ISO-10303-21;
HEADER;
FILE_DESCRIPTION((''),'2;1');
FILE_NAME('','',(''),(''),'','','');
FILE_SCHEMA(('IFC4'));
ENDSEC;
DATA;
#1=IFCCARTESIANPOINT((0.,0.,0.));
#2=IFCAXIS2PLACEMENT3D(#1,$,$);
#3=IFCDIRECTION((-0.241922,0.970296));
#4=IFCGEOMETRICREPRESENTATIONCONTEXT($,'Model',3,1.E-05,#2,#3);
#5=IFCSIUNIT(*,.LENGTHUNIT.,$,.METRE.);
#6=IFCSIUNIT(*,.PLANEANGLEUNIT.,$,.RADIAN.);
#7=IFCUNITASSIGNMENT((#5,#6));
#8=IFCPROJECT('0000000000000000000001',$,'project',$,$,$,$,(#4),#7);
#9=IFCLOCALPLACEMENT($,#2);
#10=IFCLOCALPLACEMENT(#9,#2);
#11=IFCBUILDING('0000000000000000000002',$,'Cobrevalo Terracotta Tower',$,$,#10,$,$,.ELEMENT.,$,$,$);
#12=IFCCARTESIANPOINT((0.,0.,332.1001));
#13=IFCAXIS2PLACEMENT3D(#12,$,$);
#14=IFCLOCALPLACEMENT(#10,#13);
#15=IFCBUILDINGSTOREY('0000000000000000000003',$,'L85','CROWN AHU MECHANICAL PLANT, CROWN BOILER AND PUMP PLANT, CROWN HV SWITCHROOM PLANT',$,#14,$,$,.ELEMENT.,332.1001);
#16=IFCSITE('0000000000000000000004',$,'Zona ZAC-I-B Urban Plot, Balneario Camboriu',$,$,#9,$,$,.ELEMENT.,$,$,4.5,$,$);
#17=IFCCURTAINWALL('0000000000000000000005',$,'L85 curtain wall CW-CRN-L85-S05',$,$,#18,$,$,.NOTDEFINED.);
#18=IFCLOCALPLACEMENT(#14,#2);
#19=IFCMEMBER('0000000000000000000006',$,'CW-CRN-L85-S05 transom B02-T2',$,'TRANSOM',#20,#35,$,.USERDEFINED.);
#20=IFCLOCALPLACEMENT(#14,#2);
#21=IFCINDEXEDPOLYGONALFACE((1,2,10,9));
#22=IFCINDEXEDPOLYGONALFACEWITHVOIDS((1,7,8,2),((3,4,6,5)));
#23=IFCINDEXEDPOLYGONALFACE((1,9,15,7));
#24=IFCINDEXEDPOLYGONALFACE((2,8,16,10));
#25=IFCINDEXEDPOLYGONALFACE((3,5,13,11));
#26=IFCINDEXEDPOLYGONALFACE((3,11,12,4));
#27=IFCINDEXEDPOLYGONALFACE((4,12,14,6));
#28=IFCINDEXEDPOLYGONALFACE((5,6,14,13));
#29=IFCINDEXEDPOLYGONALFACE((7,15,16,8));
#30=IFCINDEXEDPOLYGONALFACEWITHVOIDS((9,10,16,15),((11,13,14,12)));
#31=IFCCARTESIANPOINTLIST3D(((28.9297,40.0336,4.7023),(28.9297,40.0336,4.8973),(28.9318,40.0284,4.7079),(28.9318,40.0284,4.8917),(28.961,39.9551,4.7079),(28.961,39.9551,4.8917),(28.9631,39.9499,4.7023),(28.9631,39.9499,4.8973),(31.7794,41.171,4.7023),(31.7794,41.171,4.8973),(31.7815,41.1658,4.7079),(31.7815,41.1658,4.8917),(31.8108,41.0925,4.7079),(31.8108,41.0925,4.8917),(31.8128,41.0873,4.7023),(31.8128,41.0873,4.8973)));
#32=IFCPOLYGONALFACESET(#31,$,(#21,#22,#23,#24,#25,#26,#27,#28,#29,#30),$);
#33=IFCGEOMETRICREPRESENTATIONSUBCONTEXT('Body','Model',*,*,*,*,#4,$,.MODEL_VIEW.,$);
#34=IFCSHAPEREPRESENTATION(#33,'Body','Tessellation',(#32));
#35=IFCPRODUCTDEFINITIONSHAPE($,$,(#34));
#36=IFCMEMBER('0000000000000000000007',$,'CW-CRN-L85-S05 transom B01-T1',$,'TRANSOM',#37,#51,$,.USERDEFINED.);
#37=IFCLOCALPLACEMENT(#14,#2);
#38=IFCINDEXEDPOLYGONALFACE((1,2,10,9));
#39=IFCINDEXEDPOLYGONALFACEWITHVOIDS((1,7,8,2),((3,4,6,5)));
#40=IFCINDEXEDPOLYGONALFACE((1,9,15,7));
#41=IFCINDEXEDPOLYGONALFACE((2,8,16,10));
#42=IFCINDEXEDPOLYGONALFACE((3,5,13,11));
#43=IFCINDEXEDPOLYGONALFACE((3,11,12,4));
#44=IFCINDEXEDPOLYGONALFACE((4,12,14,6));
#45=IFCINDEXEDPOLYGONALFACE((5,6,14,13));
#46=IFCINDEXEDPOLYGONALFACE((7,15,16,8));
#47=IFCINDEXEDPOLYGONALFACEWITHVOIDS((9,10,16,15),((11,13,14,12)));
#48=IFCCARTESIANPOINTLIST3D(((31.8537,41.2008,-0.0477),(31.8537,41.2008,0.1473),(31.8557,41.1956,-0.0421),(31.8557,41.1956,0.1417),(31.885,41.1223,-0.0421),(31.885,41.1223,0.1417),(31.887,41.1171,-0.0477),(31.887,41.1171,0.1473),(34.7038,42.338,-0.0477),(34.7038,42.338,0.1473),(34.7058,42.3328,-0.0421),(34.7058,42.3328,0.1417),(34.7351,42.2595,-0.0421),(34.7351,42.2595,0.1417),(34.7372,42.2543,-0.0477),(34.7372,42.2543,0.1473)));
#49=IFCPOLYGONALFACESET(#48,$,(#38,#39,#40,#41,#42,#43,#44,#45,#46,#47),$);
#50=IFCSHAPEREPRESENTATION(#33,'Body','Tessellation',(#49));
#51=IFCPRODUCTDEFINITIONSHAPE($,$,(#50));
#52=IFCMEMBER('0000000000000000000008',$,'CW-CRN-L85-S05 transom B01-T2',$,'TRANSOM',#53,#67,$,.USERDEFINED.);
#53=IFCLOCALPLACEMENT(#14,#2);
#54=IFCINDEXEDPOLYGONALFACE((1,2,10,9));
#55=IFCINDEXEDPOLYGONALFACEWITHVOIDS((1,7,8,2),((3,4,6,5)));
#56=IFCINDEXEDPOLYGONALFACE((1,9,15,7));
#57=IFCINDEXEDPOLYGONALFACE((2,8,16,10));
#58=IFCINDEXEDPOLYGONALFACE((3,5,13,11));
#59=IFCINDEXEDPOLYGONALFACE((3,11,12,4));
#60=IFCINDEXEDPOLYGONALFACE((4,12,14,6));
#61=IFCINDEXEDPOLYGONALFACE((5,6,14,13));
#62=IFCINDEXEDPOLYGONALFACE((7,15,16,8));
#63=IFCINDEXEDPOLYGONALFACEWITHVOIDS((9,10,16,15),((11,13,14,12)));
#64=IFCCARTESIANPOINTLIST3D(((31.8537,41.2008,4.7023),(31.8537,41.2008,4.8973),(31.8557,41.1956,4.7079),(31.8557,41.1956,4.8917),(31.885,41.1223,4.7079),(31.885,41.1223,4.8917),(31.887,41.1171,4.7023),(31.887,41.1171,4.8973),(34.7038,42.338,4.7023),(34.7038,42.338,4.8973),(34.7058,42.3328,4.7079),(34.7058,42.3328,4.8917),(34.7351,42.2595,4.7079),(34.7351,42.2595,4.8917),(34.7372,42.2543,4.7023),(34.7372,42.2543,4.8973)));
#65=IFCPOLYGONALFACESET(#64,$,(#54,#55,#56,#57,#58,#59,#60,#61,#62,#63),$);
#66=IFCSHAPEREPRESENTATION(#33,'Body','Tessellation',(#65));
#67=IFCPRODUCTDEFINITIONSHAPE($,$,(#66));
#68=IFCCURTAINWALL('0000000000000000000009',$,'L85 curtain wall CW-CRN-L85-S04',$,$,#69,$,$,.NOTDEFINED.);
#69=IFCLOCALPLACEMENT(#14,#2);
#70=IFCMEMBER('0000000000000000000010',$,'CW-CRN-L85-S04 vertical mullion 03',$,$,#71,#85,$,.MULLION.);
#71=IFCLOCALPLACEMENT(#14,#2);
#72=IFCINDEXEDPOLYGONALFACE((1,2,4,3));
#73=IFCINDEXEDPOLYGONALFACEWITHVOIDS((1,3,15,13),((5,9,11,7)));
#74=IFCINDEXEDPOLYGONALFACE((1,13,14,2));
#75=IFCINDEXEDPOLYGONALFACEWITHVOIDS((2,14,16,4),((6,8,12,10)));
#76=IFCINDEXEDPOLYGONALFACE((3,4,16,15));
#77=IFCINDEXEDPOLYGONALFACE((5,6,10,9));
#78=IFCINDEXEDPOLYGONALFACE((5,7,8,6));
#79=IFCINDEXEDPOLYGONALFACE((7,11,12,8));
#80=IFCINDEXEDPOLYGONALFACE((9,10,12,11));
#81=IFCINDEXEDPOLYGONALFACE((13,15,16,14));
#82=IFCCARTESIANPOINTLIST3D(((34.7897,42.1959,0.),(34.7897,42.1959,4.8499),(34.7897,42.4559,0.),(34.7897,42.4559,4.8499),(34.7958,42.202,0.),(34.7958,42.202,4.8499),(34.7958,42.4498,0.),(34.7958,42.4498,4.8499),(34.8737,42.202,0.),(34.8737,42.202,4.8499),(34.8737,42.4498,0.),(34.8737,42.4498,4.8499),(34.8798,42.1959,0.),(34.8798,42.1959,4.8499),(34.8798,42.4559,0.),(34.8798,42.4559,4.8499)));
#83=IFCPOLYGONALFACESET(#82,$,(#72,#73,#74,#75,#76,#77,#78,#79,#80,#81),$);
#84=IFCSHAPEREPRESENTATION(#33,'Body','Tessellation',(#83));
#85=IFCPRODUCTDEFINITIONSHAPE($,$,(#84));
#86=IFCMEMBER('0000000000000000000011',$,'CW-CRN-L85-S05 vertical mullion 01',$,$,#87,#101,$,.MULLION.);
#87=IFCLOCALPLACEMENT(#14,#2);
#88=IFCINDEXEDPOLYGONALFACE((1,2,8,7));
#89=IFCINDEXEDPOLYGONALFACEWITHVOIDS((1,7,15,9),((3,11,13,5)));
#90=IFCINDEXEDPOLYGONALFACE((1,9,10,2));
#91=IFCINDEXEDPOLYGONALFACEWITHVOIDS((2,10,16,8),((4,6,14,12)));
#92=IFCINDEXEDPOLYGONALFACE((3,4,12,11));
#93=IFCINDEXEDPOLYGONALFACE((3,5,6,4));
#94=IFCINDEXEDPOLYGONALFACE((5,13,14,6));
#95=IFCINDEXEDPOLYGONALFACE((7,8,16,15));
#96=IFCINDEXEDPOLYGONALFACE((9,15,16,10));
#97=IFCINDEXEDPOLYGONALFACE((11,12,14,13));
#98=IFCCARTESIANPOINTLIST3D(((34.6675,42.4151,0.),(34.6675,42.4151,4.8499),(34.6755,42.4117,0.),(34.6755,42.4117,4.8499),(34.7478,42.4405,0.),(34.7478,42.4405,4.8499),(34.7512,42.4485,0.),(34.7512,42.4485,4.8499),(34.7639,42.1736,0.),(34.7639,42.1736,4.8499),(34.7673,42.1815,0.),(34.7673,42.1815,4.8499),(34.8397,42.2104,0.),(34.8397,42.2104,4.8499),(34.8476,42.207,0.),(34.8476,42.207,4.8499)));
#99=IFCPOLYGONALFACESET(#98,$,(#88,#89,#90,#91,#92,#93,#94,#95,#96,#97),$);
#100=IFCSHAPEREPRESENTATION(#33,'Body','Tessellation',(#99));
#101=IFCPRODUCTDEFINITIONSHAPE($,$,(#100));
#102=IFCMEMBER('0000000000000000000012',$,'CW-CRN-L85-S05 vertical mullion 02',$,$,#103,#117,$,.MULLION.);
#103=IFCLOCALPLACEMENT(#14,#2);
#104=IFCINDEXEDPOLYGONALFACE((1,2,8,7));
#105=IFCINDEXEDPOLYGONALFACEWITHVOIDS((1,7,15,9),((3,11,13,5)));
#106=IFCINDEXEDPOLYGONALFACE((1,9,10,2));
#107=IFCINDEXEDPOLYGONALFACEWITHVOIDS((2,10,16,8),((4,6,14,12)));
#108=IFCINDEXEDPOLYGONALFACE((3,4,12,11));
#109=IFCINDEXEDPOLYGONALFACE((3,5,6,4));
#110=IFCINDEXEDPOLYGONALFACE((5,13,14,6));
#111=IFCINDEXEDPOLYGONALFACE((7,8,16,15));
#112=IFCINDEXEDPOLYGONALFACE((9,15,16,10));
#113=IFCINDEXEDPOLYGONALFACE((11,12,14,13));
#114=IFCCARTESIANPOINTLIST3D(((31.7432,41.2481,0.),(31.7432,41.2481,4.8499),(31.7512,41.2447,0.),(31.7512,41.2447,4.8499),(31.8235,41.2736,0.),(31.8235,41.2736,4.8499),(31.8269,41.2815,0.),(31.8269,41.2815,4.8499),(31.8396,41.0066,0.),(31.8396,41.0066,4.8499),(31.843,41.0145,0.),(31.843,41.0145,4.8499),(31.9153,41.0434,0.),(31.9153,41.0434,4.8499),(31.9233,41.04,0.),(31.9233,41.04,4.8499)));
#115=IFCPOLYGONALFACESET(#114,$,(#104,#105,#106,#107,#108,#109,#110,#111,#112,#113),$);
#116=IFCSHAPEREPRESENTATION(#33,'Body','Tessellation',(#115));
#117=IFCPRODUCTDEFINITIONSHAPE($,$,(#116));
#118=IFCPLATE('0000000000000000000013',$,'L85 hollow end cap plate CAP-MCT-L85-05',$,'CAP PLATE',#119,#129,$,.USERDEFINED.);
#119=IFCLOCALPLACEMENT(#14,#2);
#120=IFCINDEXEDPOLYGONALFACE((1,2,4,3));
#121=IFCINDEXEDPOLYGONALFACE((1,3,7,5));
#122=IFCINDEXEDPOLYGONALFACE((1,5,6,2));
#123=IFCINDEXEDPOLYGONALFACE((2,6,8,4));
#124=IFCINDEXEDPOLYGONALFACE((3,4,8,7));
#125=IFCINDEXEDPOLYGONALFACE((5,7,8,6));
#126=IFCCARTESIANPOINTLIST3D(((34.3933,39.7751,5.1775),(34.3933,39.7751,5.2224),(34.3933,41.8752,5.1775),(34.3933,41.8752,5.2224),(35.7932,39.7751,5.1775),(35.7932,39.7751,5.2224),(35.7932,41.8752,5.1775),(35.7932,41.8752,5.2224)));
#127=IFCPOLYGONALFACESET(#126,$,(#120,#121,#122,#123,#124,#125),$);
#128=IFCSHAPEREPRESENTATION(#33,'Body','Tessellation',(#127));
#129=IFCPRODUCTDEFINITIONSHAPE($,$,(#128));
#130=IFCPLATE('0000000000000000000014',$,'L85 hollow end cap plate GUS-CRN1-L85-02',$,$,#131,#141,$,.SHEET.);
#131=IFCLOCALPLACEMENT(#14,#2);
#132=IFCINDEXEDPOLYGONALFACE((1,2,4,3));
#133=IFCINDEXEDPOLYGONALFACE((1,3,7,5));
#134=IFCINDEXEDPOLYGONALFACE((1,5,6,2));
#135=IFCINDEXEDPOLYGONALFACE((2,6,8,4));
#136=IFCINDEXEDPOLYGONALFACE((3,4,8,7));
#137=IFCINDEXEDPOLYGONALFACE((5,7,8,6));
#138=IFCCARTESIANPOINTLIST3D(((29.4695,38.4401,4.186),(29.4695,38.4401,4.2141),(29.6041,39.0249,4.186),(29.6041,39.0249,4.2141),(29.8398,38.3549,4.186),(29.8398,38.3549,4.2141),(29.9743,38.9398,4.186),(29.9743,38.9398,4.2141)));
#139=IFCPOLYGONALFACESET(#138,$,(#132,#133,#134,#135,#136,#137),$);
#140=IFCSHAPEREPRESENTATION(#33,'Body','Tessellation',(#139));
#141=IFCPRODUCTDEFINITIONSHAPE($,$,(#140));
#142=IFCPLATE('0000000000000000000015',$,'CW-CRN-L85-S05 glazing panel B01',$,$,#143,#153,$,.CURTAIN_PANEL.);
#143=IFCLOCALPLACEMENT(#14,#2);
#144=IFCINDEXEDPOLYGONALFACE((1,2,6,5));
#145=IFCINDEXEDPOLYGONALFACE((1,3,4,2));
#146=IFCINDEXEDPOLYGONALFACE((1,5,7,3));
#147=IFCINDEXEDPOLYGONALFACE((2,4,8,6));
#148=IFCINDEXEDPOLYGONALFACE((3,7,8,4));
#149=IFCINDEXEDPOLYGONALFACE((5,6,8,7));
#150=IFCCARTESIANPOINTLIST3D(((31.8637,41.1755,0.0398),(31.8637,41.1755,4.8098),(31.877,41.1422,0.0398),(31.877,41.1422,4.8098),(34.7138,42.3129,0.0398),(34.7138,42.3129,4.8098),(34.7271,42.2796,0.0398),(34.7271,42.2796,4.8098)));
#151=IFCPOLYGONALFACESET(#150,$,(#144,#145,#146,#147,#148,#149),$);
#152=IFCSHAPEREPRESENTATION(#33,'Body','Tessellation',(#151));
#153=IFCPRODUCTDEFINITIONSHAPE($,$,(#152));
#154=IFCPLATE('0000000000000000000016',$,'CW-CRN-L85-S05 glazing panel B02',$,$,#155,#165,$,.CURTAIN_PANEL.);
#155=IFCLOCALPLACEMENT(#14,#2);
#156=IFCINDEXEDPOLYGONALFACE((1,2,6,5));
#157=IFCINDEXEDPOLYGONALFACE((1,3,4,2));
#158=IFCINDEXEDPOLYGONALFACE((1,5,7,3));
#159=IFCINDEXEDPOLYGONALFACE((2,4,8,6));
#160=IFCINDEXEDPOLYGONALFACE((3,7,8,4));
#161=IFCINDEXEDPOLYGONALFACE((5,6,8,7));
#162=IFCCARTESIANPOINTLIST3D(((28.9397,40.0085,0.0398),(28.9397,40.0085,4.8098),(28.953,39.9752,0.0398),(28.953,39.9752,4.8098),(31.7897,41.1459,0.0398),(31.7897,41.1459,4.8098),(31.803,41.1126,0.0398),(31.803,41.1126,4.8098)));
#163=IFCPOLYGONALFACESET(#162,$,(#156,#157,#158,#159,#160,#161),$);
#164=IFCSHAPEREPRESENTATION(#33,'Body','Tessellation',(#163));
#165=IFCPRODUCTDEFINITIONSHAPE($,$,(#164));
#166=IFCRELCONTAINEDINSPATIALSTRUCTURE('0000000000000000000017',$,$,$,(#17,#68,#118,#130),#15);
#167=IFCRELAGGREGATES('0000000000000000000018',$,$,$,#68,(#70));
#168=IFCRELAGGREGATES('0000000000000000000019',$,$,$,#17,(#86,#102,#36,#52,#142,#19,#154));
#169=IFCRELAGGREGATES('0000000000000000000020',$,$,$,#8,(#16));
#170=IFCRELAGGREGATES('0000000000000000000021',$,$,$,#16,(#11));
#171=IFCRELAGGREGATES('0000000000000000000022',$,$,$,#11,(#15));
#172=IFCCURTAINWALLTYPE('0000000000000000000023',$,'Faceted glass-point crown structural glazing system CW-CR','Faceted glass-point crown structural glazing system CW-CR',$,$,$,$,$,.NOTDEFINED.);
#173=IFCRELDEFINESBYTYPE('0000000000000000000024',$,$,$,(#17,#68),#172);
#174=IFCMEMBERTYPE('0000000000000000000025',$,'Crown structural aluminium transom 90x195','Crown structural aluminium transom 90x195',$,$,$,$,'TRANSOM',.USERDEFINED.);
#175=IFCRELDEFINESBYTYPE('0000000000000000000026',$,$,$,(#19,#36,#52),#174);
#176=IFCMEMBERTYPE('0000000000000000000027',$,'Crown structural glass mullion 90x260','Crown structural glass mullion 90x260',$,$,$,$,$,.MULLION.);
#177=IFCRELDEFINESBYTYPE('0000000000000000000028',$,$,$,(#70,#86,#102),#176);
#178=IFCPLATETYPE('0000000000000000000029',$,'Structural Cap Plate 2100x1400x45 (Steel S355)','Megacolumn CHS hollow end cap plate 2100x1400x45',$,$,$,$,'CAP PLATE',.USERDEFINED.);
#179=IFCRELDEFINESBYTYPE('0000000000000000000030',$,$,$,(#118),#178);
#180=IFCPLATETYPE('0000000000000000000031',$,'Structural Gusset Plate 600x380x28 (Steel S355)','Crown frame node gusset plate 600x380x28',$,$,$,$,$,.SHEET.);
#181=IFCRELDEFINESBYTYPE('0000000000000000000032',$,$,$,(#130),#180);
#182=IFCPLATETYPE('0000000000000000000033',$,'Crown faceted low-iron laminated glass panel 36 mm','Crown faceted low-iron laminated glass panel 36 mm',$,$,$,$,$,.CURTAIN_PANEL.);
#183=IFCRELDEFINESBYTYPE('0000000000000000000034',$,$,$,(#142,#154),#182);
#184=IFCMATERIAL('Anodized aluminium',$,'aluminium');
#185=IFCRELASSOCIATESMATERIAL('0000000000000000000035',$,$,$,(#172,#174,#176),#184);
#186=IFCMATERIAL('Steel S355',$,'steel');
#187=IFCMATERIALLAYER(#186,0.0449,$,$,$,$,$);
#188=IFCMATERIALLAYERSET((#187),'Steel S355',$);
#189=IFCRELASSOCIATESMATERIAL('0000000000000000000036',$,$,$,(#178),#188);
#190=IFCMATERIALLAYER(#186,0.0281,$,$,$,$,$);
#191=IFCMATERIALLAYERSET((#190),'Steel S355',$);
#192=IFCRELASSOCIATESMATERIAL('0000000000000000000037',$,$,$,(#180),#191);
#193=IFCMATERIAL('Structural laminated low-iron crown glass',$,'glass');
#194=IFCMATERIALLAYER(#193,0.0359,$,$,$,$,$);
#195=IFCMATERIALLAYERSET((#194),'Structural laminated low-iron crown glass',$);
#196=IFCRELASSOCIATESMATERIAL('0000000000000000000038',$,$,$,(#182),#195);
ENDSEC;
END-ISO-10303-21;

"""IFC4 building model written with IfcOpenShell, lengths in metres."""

from ifc_helpers import new_model, si_unit, direction, frame, origin, origin_2d, place, context, subcontext, project, spatial, rectangle, hollow_rectangle, extrude, source, transform, mapped, material, layer, layer_set, material_profile, profile_set, type_object, element, aggregate, save


model = new_model("IFC4")

# Units and contexts
model_context = context("Model", 3, precision=1e-05, world=origin(), true_north=direction((-0.241922, 0.970296)))
body_context = subcontext(model_context, "Body", "Model", "MODEL_VIEW")
ifc_project = project(units=[si_unit("LENGTHUNIT", "METRE"), si_unit("PLANEANGLEUNIT", "RADIAN")], contexts=[model_context])

# Site, building, storey
site_placement = place(None, origin())
site = spatial("IfcSite", under=ifc_project, at=site_placement, Name="Zona ZAC-I-B Urban Plot, Balneario Camboriu", CompositionType="ELEMENT", RefElevation=4.5)
building_placement = place(site_placement, origin())
building = spatial("IfcBuilding", under=site, at=building_placement, Name="Cobrevalo Terracotta Tower", CompositionType="ELEMENT")
storey_placement = place(building_placement, frame((0.0, 0.0, 332.1001)))
storey = spatial("IfcBuildingStorey", under=building, at=storey_placement, Name="L85", Description="CROWN AHU MECHANICAL PLANT, CROWN BOILER AND PUMP PLANT, CROWN HV SWITCHROOM PLANT", CompositionType="ELEMENT", Elevation=332.1001)

# Shared definitions
ifc_material_1 = material(Name="Steel S355", Category="steel")

# Curtain wall, members
ifc_material_2 = material(Name="Anodized aluminium", Category="aluminium")
curtain_wall_type = type_object("IfcCurtainWallType", Name="Faceted glass-point crown structural glazing system CW-CR", Description="Faceted glass-point crown structural glazing system CW-CR", PredefinedType="NOTDEFINED", material=ifc_material_2)
curtain_wall_1_placement = place(storey_placement, origin())
curtain_wall_1 = element("IfcCurtainWall", 1, at=curtain_wall_1_placement, inside=storey, type_object=curtain_wall_type, Name="L85 curtain wall CW-CRN-L85-S05", PredefinedType="NOTDEFINED")
ifc_material_profile_1 = material_profile(ifc_material_2, hollow_rectangle(XDim=0.0901, YDim=0.1951, WallThickness=0.0056, at=origin_2d()), Name="CWT 90x195")
ifc_profile_set_1 = profile_set([ifc_material_profile_1], Name="Anodized aluminium")
member_type_1 = type_object("IfcMemberType", Name="Crown structural aluminium transom 90x195", Description="Crown structural aluminium transom 90x195", ElementType="TRANSOM", PredefinedType="USERDEFINED", material=ifc_profile_set_1)
shared_shape_1 = source(origin(), body_context, "Body", "SweptSolid", [
    extrude(hollow_rectangle(XDim=0.0901, YDim=0.1951, WallThickness=0.0056, at=origin_2d()), origin(), (0.0, 0.0, 1.0), 3.0684),
])
member_1_placement = place(storey_placement, frame((31.7961, 41.1292, 4.7998), z_axis=(-0.928756, -0.370691, 0.0), x_axis=(0.370691, -0.928756, 0.0)))
member_1 = element("IfcMember", 2, at=member_1_placement, type_object=member_type_1, Name="CW-CRN-L85-S05 transom B02-T2", ObjectType="TRANSOM", PredefinedType="USERDEFINED", context=body_context, shape_type="MappedRepresentation", body=[
    mapped(shared_shape_1, transform((0.0, 0.0, 0.0), scale=1.0)),
])
shared_shape_2 = source(origin(), body_context, "Body", "SweptSolid", [
    extrude(hollow_rectangle(XDim=0.0901, YDim=0.1951, WallThickness=0.0056, at=origin_2d()), origin(), (0.0, 0.0, 1.0), 3.0686),
])
member_2_placement = place(storey_placement, frame((34.7205, 42.2961, 0.0498), z_axis=(-0.928795, -0.370595, 0.0), x_axis=(0.370595, -0.928795, 0.0)))
member_2 = element("IfcMember", 3, at=member_2_placement, type_object=member_type_1, Name="CW-CRN-L85-S05 transom B01-T1", ObjectType="TRANSOM", PredefinedType="USERDEFINED", context=body_context, shape_type="MappedRepresentation", body=[
    mapped(shared_shape_2, transform((0.0, 0.0, 0.0), scale=1.0)),
])
member_3_placement = place(storey_placement, frame((34.7205, 42.2961, 4.7998), z_axis=(-0.928795, -0.370595, 0.0), x_axis=(0.370595, -0.928795, 0.0)))
member_3 = element("IfcMember", 4, at=member_3_placement, type_object=member_type_1, Name="CW-CRN-L85-S05 transom B01-T2", ObjectType="TRANSOM", PredefinedType="USERDEFINED", context=body_context, shape_type="MappedRepresentation", body=[
    mapped(shared_shape_2, transform((0.0, 0.0, 0.0), scale=1.0)),
])

# Curtain wall, member
curtain_wall_2_placement = place(storey_placement, origin())
curtain_wall_2 = element("IfcCurtainWall", 5, at=curtain_wall_2_placement, inside=storey, type_object=curtain_wall_type, Name="L85 curtain wall CW-CRN-L85-S04", PredefinedType="NOTDEFINED")
ifc_material_profile_2 = material_profile(ifc_material_2, hollow_rectangle(XDim=0.0901, YDim=0.26, WallThickness=0.0061, at=origin_2d()), Name="CWM 90x260")
ifc_profile_set_2 = profile_set([ifc_material_profile_2], Name="Anodized aluminium")
member_type_2 = type_object("IfcMemberType", Name="Crown structural glass mullion 90x260", Description="Crown structural glass mullion 90x260", PredefinedType="MULLION", material=ifc_profile_set_2)
shared_shape_3 = source(origin(), body_context, "Body", "SweptSolid", [
    extrude(hollow_rectangle(XDim=0.0901, YDim=0.26, WallThickness=0.0061, at=origin_2d()), origin(), (0.0, 0.0, 1.0), 4.8499),
])
member_4_placement = place(storey_placement, frame((34.8347, 42.3259, 0.0), z_axis=(0.0, 0.0, 1.0), x_axis=(-1.0, 0.0, 0.0)))
member_4 = element("IfcMember", 6, at=member_4_placement, type_object=member_type_2, Name="CW-CRN-L85-S04 vertical mullion 03", PredefinedType="MULLION", context=body_context, shape_type="MappedRepresentation", body=[
    mapped(shared_shape_3, transform((0.0, 0.0, 0.0), scale=1.0)),
])
aggregate(curtain_wall_2, [member_4])

# Members
member_5_placement = place(storey_placement, frame((34.7576, 42.311, 0.0), z_axis=(0.0, 0.0, 1.0), x_axis=(-0.928771, -0.370655, 0.0)))
member_5 = element("IfcMember", 7, at=member_5_placement, type_object=member_type_2, Name="CW-CRN-L85-S05 vertical mullion 01", PredefinedType="MULLION", context=body_context, shape_type="MappedRepresentation", body=[
    mapped(shared_shape_3, transform((0.0, 0.0, 0.0), scale=1.0)),
])
member_6_placement = place(storey_placement, frame((31.8333, 41.144, 0.0), z_axis=(0.0, 0.0, 1.0), x_axis=(-0.928771, -0.370655, 0.0)))
member_6 = element("IfcMember", 8, at=member_6_placement, type_object=member_type_2, Name="CW-CRN-L85-S05 vertical mullion 02", PredefinedType="MULLION", context=body_context, shape_type="MappedRepresentation", body=[
    mapped(shared_shape_3, transform((0.0, 0.0, 0.0), scale=1.0)),
])

# Plates
ifc_layer_1 = layer(ifc_material_1, 0.0449)
ifc_layer_set_1 = layer_set([ifc_layer_1], Name="Steel S355")
plate_type_1 = type_object("IfcPlateType", Name="Structural Cap Plate 2100x1400x45 (Steel S355)", Description="Megacolumn CHS hollow end cap plate 2100x1400x45", ElementType="CAP PLATE", PredefinedType="USERDEFINED", material=ifc_layer_set_1)
shared_shape_4 = source(origin(), body_context, "Body", "SweptSolid", [
    extrude(rectangle(XDim=2.1001, YDim=1.3999, at=origin_2d()), origin(), (0.0, 0.0, 1.0), 0.0449),
])
plate_1_placement = place(storey_placement, frame((35.0933, 40.8252, 5.1775), z_axis=(0.0, 0.0, 1.0), x_axis=(0.0, 1.0, 0.0)))
element("IfcPlate", 9, at=plate_1_placement, inside=storey, type_object=plate_type_1, Name="L85 hollow end cap plate CAP-MCT-L85-05", ObjectType="CAP PLATE", PredefinedType="USERDEFINED", context=body_context, shape_type="MappedRepresentation", body=[
    mapped(shared_shape_4, transform((0.0, 0.0, 0.0), scale=1.0)),
])
ifc_layer_2 = layer(ifc_material_1, 0.0281)
ifc_layer_set_2 = layer_set([ifc_layer_2], Name="Steel S355")
plate_type_2 = type_object("IfcPlateType", Name="Structural Gusset Plate 600x380x28 (Steel S355)", Description="Crown frame node gusset plate 600x380x28", PredefinedType="SHEET", material=ifc_layer_set_2)
shared_shape_5 = source(origin(), body_context, "Body", "SweptSolid", [
    extrude(rectangle(XDim=0.6001, YDim=0.3799, at=origin_2d()), origin(), (0.0, 0.0, 1.0), 0.0281),
])
plate_2_placement = place(storey_placement, frame((29.7219, 38.6899, 4.186), z_axis=(0.0, 0.0, 1.0), x_axis=(0.224221, 0.974538, 0.0)))
element("IfcPlate", 10, at=plate_2_placement, inside=storey, type_object=plate_type_2, Name="L85 hollow end cap plate GUS-CRN1-L85-02", PredefinedType="SHEET", context=body_context, shape_type="MappedRepresentation", body=[
    mapped(shared_shape_5, transform((0.0, 0.0, 0.0), scale=1.0)),
])

# Plates
ifc_material_3 = material(Name="Structural laminated low-iron crown glass", Category="glass")
ifc_layer_3 = layer(ifc_material_3, 0.0359)
ifc_layer_set_3 = layer_set([ifc_layer_3], Name="Structural laminated low-iron crown glass")
plate_type_3 = type_object("IfcPlateType", Name="Crown faceted low-iron laminated glass panel 36 mm", Description="Crown faceted low-iron laminated glass panel 36 mm", PredefinedType="CURTAIN_PANEL", material=ifc_layer_set_3)
shared_shape_6 = source(origin(), body_context, "Body", "SweptSolid", [
    extrude(rectangle(XDim=3.0686, YDim=0.0359, at=origin_2d()), origin(), (0.0, 0.0, 1.0), 4.77),
])
plate_3_placement = place(storey_placement, frame((33.2954, 41.7275, 0.0398), z_axis=(0.0, 0.0, 1.0), x_axis=(-0.928769, -0.37066, 0.0)))
plate_3 = element("IfcPlate", 11, at=plate_3_placement, type_object=plate_type_3, Name="CW-CRN-L85-S05 glazing panel B01", PredefinedType="CURTAIN_PANEL", context=body_context, shape_type="MappedRepresentation", body=[
    mapped(shared_shape_6, transform((0.0, 0.0, 0.0), scale=1.0)),
])
plate_4_placement = place(storey_placement, frame((30.3713, 40.5605, 0.0398), z_axis=(0.0, 0.0, 1.0), x_axis=(-0.928769, -0.37066, 0.0)))
plate_4 = element("IfcPlate", 12, at=plate_4_placement, type_object=plate_type_3, Name="CW-CRN-L85-S05 glazing panel B02", PredefinedType="CURTAIN_PANEL", context=body_context, shape_type="MappedRepresentation", body=[
    mapped(shared_shape_6, transform((0.0, 0.0, 0.0), scale=1.0)),
])
aggregate(curtain_wall_1, [member_5, member_6, member_2, member_3, plate_3, member_1, plate_4])

save(model, "model.ifc")
